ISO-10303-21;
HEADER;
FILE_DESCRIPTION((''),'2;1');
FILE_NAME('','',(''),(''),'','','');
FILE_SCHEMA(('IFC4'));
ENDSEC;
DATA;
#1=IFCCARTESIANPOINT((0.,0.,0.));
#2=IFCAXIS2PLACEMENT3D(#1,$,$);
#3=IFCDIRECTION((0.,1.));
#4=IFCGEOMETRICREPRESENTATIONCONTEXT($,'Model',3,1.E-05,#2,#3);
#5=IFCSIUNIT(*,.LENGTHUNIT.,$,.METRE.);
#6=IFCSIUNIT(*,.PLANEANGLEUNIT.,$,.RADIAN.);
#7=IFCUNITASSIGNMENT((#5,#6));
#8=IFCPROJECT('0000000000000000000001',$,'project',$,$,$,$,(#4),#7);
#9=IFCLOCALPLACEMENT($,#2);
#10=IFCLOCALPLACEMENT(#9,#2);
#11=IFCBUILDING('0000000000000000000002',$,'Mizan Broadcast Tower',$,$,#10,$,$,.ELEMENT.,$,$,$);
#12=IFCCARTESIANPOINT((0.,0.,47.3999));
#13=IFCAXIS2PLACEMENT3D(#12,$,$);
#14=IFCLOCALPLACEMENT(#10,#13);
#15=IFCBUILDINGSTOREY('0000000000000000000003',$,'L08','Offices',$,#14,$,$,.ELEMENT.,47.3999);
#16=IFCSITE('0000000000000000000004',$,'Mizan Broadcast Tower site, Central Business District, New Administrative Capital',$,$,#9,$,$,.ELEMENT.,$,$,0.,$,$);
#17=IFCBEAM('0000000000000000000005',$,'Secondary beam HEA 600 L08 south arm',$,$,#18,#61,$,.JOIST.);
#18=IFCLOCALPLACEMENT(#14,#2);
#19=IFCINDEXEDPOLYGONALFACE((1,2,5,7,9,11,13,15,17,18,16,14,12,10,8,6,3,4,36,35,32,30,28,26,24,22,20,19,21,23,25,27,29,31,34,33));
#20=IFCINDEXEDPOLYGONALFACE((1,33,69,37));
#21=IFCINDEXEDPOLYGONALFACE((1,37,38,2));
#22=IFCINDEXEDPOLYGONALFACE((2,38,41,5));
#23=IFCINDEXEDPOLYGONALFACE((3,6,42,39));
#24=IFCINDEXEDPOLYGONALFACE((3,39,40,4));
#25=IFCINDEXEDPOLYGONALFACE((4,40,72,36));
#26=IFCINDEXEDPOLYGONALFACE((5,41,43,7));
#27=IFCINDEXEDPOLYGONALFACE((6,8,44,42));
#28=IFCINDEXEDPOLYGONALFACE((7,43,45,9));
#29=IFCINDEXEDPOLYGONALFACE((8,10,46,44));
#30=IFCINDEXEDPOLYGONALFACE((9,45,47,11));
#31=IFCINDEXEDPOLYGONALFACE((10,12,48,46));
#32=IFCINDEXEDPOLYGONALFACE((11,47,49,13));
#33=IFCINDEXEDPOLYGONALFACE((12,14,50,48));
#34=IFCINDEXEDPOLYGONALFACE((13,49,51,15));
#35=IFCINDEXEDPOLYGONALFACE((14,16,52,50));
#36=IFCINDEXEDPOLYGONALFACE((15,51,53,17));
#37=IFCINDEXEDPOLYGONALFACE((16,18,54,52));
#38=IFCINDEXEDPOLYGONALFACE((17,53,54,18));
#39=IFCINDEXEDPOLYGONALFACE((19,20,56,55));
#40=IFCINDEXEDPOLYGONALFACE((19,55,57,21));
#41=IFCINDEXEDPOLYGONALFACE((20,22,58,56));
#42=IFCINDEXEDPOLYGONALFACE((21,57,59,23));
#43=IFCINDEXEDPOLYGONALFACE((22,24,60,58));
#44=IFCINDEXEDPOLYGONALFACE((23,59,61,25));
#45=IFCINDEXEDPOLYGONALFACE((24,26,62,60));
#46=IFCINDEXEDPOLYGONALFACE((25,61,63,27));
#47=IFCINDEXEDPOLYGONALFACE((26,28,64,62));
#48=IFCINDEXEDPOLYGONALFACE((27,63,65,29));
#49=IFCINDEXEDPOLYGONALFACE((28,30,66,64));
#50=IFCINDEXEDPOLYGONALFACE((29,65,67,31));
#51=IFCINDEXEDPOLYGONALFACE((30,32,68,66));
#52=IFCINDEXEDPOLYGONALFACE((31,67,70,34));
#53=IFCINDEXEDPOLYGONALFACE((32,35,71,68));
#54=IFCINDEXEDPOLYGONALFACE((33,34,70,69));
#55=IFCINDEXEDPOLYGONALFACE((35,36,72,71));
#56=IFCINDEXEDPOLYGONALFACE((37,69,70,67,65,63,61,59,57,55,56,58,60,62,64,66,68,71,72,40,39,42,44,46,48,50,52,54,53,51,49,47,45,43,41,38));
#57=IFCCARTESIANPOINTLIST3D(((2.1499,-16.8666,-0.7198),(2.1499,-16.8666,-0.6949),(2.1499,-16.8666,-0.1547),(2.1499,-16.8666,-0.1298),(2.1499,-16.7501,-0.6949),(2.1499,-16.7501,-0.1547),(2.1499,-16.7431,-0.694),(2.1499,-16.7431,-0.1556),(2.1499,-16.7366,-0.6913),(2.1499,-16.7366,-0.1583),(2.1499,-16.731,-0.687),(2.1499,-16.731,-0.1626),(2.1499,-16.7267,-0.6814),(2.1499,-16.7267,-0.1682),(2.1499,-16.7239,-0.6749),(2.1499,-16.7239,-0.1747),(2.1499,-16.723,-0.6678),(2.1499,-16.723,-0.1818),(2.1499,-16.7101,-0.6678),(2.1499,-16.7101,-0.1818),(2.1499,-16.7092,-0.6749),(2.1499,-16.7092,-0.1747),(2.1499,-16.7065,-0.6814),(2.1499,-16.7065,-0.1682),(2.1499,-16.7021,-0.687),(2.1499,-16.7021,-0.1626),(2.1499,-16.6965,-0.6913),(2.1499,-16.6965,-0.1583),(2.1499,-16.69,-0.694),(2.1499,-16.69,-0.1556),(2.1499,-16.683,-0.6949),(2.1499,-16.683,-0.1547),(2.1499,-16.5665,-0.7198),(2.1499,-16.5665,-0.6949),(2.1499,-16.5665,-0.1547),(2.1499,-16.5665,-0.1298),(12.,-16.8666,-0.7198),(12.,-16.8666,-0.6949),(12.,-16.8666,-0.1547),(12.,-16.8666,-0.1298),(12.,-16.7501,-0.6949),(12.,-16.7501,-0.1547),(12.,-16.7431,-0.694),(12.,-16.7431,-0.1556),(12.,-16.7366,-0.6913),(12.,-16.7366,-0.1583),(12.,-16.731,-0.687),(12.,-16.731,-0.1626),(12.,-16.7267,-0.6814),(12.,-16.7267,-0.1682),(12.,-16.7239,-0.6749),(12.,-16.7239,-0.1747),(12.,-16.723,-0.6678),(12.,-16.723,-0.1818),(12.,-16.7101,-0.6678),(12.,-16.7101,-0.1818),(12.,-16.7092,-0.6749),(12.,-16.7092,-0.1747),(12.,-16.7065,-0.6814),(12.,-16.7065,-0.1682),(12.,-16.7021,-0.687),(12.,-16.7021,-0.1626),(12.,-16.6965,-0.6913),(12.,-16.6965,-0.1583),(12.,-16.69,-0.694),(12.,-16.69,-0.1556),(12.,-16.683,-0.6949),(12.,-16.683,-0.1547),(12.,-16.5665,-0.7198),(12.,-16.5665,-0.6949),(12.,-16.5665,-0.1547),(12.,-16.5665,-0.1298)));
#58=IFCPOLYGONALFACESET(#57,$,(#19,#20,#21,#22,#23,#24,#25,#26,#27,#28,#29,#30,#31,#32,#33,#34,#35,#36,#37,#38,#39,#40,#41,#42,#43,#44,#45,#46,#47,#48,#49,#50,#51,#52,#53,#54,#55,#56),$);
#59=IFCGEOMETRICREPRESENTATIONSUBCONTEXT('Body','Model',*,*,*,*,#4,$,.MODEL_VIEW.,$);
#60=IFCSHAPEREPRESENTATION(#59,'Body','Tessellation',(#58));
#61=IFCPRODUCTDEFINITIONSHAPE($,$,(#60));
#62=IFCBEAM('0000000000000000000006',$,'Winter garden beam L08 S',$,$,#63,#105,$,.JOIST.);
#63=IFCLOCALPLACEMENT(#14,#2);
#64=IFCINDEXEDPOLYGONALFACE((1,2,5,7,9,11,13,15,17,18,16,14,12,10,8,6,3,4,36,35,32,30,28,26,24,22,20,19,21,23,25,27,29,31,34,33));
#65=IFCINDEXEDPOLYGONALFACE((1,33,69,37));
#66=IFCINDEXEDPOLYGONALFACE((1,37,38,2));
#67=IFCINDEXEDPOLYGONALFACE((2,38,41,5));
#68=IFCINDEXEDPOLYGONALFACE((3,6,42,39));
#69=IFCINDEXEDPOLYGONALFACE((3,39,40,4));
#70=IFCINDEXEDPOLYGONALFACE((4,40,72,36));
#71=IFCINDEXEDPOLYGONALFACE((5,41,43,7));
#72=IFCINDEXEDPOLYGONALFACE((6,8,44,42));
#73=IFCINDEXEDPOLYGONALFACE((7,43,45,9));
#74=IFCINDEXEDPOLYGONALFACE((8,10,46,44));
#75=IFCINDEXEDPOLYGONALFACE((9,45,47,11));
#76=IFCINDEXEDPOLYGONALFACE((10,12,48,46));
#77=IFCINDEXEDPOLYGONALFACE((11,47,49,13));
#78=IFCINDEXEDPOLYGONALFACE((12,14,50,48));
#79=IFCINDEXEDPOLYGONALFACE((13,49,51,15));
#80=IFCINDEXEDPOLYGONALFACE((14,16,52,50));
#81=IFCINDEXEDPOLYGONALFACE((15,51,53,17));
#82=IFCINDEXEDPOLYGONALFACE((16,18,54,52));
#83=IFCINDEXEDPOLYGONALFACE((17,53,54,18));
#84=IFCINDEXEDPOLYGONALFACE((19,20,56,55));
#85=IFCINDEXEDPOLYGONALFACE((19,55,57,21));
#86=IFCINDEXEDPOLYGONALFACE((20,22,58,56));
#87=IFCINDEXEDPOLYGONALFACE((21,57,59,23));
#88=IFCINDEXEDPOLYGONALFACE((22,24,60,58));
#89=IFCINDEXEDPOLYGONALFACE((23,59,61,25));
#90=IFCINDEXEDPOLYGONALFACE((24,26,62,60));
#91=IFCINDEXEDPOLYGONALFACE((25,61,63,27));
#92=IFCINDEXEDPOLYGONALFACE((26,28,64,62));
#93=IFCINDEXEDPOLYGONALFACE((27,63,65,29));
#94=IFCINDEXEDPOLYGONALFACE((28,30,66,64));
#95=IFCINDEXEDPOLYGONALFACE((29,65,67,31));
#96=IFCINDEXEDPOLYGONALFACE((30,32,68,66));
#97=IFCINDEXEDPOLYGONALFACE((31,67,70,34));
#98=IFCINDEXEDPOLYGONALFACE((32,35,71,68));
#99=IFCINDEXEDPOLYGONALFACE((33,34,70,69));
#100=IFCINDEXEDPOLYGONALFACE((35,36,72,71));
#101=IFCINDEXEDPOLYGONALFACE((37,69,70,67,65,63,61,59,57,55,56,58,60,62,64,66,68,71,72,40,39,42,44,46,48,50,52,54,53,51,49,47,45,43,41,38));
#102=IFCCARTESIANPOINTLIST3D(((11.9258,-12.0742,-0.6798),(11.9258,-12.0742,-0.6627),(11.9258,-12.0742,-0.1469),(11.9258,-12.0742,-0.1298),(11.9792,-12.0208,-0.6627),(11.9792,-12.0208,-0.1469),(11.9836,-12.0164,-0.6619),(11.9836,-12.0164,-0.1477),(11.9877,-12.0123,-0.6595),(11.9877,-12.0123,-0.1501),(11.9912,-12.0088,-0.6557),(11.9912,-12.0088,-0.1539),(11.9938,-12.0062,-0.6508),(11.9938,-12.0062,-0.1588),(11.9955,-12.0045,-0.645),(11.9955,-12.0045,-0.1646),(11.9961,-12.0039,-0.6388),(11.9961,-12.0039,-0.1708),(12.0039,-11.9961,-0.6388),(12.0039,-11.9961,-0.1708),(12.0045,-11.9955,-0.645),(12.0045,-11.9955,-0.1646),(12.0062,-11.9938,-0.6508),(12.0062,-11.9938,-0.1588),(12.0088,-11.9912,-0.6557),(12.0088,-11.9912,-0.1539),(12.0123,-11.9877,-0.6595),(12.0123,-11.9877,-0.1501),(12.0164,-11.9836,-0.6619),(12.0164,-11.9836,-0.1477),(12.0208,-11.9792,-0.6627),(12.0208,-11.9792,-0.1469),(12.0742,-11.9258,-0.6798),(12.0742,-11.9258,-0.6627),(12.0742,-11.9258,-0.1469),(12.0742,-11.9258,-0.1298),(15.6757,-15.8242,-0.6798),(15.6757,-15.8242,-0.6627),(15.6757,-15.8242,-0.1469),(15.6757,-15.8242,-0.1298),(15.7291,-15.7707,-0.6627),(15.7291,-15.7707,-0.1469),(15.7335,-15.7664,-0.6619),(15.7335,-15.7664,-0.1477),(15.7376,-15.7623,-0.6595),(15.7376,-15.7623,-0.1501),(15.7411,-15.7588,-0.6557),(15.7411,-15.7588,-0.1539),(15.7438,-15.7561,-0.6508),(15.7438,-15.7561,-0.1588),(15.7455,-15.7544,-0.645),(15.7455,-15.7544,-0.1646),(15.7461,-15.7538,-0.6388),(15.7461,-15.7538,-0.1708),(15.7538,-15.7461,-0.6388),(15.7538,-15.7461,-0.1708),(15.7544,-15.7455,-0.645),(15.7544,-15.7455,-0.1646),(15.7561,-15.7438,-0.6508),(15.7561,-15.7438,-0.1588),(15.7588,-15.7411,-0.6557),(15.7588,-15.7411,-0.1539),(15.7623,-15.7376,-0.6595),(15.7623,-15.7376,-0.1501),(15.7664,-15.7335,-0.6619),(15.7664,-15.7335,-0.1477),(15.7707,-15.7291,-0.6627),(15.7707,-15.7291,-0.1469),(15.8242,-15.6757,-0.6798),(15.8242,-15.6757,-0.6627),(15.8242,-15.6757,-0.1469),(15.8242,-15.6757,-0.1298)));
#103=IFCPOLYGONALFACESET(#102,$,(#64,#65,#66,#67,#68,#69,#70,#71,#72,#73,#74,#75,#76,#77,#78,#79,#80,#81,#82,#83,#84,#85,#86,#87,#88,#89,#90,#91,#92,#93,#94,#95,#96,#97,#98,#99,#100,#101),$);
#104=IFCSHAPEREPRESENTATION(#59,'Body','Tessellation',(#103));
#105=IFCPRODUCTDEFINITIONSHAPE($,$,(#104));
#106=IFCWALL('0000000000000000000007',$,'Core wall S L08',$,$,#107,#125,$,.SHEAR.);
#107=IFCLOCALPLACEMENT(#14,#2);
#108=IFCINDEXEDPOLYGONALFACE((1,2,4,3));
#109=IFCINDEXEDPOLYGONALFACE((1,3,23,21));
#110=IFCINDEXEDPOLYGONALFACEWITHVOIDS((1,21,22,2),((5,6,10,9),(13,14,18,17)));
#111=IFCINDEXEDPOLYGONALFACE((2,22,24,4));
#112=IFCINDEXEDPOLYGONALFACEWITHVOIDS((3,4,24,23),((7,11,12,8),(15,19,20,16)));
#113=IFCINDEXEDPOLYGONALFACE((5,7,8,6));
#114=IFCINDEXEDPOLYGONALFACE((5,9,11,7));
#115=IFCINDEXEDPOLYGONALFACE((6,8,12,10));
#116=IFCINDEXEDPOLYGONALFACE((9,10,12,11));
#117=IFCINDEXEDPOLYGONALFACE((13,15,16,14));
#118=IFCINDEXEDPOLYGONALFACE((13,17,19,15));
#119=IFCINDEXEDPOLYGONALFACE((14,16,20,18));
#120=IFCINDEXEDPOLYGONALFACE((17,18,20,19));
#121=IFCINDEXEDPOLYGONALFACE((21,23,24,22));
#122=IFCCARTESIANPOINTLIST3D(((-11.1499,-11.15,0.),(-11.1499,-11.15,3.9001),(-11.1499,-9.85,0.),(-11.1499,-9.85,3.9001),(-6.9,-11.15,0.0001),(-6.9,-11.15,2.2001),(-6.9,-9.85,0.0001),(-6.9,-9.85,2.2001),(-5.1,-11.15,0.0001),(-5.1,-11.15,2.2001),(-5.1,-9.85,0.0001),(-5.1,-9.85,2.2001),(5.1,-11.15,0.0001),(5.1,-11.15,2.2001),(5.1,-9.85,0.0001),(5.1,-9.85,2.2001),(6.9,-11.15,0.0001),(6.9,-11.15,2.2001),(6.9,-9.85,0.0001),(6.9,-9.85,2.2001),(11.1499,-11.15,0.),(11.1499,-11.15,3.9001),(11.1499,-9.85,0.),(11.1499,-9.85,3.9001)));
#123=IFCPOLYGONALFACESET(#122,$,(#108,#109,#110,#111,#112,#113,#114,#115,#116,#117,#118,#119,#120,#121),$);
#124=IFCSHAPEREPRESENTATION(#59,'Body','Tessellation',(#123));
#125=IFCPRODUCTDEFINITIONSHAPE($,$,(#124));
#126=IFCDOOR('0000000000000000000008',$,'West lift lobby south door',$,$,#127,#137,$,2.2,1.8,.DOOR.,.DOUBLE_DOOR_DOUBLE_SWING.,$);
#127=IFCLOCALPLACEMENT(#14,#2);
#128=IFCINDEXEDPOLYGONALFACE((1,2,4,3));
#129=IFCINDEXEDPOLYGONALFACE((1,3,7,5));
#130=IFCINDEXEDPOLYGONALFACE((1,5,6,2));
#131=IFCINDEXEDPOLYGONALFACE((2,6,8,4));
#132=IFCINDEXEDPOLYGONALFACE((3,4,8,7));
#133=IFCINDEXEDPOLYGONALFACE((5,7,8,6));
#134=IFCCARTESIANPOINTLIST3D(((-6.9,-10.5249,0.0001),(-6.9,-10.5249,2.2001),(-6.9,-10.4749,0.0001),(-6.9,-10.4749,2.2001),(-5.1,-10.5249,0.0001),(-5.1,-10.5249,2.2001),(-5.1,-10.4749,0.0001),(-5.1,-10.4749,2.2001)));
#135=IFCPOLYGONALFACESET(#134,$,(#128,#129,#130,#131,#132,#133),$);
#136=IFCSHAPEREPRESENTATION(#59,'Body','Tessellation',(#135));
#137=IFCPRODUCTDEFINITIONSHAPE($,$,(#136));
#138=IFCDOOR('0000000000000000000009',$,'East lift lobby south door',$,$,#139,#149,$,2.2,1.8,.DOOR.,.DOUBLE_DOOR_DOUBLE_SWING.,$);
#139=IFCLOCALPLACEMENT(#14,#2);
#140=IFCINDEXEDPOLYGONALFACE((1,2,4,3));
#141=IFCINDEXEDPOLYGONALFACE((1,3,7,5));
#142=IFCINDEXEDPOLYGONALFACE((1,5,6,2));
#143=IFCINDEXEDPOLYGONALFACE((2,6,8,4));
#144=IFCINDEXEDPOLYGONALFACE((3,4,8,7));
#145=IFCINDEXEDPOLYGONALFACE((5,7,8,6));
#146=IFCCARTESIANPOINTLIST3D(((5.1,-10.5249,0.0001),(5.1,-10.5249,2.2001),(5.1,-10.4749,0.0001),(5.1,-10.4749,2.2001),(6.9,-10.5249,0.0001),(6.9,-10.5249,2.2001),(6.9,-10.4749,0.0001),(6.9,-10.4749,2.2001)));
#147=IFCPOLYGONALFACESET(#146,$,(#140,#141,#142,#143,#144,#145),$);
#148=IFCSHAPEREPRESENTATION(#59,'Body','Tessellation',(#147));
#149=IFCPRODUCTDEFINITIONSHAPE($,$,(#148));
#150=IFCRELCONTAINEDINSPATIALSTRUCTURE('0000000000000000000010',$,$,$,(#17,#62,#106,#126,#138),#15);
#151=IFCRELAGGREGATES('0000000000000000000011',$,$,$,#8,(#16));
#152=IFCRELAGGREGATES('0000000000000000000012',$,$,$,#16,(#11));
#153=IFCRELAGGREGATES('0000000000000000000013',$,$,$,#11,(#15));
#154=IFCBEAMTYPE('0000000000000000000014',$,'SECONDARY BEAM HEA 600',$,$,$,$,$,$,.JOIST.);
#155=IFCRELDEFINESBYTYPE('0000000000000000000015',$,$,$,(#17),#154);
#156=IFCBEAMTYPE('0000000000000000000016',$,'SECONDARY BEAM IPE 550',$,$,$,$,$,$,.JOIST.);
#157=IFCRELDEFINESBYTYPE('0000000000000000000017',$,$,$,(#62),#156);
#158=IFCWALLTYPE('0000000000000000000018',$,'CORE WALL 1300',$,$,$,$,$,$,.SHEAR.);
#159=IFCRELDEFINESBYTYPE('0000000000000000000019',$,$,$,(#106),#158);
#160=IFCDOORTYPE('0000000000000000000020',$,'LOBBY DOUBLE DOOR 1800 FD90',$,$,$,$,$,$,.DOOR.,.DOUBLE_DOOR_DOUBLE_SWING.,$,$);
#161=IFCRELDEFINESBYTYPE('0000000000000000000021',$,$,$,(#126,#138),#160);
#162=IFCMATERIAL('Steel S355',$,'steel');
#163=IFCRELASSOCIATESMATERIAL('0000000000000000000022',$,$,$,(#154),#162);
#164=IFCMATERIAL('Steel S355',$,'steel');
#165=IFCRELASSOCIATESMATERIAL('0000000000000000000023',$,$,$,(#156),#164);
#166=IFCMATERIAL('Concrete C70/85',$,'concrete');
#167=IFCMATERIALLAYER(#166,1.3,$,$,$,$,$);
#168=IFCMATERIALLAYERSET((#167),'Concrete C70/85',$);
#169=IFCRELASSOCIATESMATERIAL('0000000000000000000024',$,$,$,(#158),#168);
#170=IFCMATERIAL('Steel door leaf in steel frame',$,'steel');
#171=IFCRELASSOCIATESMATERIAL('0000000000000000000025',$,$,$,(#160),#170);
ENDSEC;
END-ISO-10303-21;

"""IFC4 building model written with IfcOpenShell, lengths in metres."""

from ifc_helpers import new_model, si_unit, direction, frame, frame_2d, origin, origin_2d, place, context, subcontext, project, spatial, rectangle, i_section, extrude, material, layer, layer_set, material_profile, profile_set, type_object, element, fill, save


model = new_model("IFC4")

# Units and contexts
model_context = context("Model", 3, precision=1e-05, world=origin(), true_north=direction((0.0, 1.0)))
body_context = subcontext(model_context, "Body", "Model", "MODEL_VIEW")
ifc_project = project(units=[si_unit("LENGTHUNIT", "METRE"), si_unit("PLANEANGLEUNIT", "RADIAN")], contexts=[model_context])

# Site, building, storey
site_placement = place(None, origin())
site = spatial("IfcSite", under=ifc_project, at=site_placement, Name="Mizan Broadcast Tower site, Central Business District, New Administrative Capital", CompositionType="ELEMENT", RefElevation=0.0)
building_placement = place(site_placement, origin())
building = spatial("IfcBuilding", under=site, at=building_placement, Name="Mizan Broadcast Tower", CompositionType="ELEMENT")
storey_placement = place(building_placement, frame((0.0, 0.0, 47.3999)))
storey = spatial("IfcBuildingStorey", under=building, at=storey_placement, Name="L08", Description="Offices", CompositionType="ELEMENT", Elevation=47.3999)

# Beams
ifc_material_1 = material(Name="Steel S355", Category="steel")
ifc_material_profile_1 = material_profile(ifc_material_1, i_section(OverallWidth=0.3, OverallDepth=0.5901, WebThickness=0.0129, FlangeThickness=0.0249, FilletRadius=0.0271, at=origin_2d()), Name="HEA 600")
ifc_profile_set_1 = profile_set([ifc_material_profile_1], Name="Steel S355")
beam_type_1 = type_object("IfcBeamType", Name="SECONDARY BEAM HEA 600", PredefinedType="JOIST", material=ifc_profile_set_1)
for number, where, z_axis, x_axis, name in (
    (1, (12.0, -16.7166, -0.4248), (-1.0, 0.0, 0.0), (0.0, -1.0, 0.0), "Secondary beam HEA 600 L08 south arm"),
):
    element("IfcBeam", number, at=place(storey_placement, frame(where, z_axis=z_axis, x_axis=x_axis)), inside=storey, type_object=beam_type_1, Name=name, PredefinedType="JOIST", context=body_context, shape_type="SweptSolid", body=[
        extrude(i_section(OverallWidth=0.3, OverallDepth=0.5901, WebThickness=0.0129, FlangeThickness=0.0249, FilletRadius=0.0271, at=origin_2d()), origin(), (0.0, 0.0, 1.0), 9.8501),
    ])
ifc_material_2 = material(Name="Steel S355", Category="steel")
ifc_material_profile_2 = material_profile(ifc_material_2, i_section(OverallWidth=0.21, OverallDepth=0.55, WebThickness=0.011, FlangeThickness=0.0171, FilletRadius=0.0239, at=origin_2d()), Name="IPE 550")
ifc_profile_set_2 = profile_set([ifc_material_profile_2], Name="Steel S355")
beam_type_2 = type_object("IfcBeamType", Name="SECONDARY BEAM IPE 550", PredefinedType="JOIST", material=ifc_profile_set_2)
beam_1_placement = place(storey_placement, frame((12.0, -12.0, -0.4048), z_axis=(0.707107, -0.707107, 0.0), x_axis=(0.707107, 0.707107, 0.0)))
element("IfcBeam", 2, at=beam_1_placement, inside=storey, type_object=beam_type_2, Name="Winter garden beam L08 S", PredefinedType="JOIST", context=body_context, shape_type="SweptSolid", body=[
    extrude(i_section(OverallWidth=0.21, OverallDepth=0.55, WebThickness=0.011, FlangeThickness=0.0171, FilletRadius=0.0239, at=origin_2d()), origin(), (0.0, 0.0, 1.0), 5.3032),
])

# Wall, openings, doors
ifc_material_3 = material(Name="Concrete C70/85", Category="concrete")
ifc_layer_1 = layer(ifc_material_3, 1.3)
ifc_layer_set_1 = layer_set([ifc_layer_1], Name="Concrete C70/85")
wall_type_1 = type_object("IfcWallType", Name="CORE WALL 1300", PredefinedType="SHEAR", material=ifc_layer_set_1)
wall_1_placement = place(storey_placement, frame((11.1499, -10.5, 0.0), z_axis=(0.0, 0.0, 1.0), x_axis=(-1.0, 0.0, 0.0)))
wall_1 = element("IfcWall", 3, at=wall_1_placement, inside=storey, type_object=wall_type_1, Name="Core wall S L08", PredefinedType="SHEAR", context=body_context, shape_type="SweptSolid", body=[
    extrude(rectangle(XDim=22.2998, YDim=1.3, at=frame_2d((11.1499, 0.0))), origin(), (0.0, 0.0, 1.0), 3.9001),
])
opening_1_placement = place(wall_1_placement, frame((16.25, 0.0, 0.0)))
opening_1 = element("IfcOpeningElement", 4, at=opening_1_placement, cuts=wall_1, PredefinedType="OPENING", context=body_context, shape_type="SweptSolid", body=[
    extrude(rectangle(XDim=1.8, YDim=2.2, at=frame_2d((0.8999, 1.1001))), frame((0.0, 0.6599, 0.0), z_axis=(0.0, -1.0, 0.0), x_axis=(1.0, 0.0, 0.0)), (0.0, 0.0, 1.0), 1.3201),
])
opening_2_placement = place(wall_1_placement, frame((4.25, 0.0, 0.0)))
opening_2 = element("IfcOpeningElement", 5, at=opening_2_placement, cuts=wall_1, PredefinedType="OPENING", context=body_context, shape_type="SweptSolid", body=[
    extrude(rectangle(XDim=1.8, YDim=2.2, at=frame_2d((0.8999, 1.1001))), frame((0.0, 0.6599, 0.0), z_axis=(0.0, -1.0, 0.0), x_axis=(1.0, 0.0, 0.0)), (0.0, 0.0, 1.0), 1.3201),
])
ifc_material_4 = material(Name="Steel door leaf in steel frame", Category="steel")
door_type_1 = type_object("IfcDoorType", Name="LOBBY DOUBLE DOOR 1800 FD90", OperationType="DOUBLE_DOOR_DOUBLE_SWING", PredefinedType="DOOR", material=ifc_material_4)
door_1_placement = place(opening_1_placement, origin())
door_1 = element("IfcDoor", 6, at=door_1_placement, inside=storey, type_object=door_type_1, Name="West lift lobby south door", OperationType="DOUBLE_DOOR_DOUBLE_SWING", OverallHeight=2.2, OverallWidth=1.8, PredefinedType="DOOR", context=body_context, shape_type="SweptSolid", body=[
    extrude(rectangle(XDim=1.8, YDim=2.2, at=frame_2d((0.8999, 1.1001))), frame((0.0, 0.0249, 0.0), z_axis=(0.0, -1.0, 0.0), x_axis=(1.0, 0.0, 0.0)), (0.0, 0.0, 1.0), 0.05),
])
fill(opening_1, door_1)
door_2_placement = place(opening_2_placement, origin())
door_2 = element("IfcDoor", 7, at=door_2_placement, inside=storey, type_object=door_type_1, Name="East lift lobby south door", OperationType="DOUBLE_DOOR_DOUBLE_SWING", OverallHeight=2.2, OverallWidth=1.8, PredefinedType="DOOR", context=body_context, shape_type="SweptSolid", body=[
    extrude(rectangle(XDim=1.8, YDim=2.2, at=frame_2d((0.8999, 1.1001))), frame((0.0, 0.0249, 0.0), z_axis=(0.0, -1.0, 0.0), x_axis=(1.0, 0.0, 0.0)), (0.0, 0.0, 1.0), 0.05),
])
fill(opening_2, door_2)

save(model, "model.ifc")
